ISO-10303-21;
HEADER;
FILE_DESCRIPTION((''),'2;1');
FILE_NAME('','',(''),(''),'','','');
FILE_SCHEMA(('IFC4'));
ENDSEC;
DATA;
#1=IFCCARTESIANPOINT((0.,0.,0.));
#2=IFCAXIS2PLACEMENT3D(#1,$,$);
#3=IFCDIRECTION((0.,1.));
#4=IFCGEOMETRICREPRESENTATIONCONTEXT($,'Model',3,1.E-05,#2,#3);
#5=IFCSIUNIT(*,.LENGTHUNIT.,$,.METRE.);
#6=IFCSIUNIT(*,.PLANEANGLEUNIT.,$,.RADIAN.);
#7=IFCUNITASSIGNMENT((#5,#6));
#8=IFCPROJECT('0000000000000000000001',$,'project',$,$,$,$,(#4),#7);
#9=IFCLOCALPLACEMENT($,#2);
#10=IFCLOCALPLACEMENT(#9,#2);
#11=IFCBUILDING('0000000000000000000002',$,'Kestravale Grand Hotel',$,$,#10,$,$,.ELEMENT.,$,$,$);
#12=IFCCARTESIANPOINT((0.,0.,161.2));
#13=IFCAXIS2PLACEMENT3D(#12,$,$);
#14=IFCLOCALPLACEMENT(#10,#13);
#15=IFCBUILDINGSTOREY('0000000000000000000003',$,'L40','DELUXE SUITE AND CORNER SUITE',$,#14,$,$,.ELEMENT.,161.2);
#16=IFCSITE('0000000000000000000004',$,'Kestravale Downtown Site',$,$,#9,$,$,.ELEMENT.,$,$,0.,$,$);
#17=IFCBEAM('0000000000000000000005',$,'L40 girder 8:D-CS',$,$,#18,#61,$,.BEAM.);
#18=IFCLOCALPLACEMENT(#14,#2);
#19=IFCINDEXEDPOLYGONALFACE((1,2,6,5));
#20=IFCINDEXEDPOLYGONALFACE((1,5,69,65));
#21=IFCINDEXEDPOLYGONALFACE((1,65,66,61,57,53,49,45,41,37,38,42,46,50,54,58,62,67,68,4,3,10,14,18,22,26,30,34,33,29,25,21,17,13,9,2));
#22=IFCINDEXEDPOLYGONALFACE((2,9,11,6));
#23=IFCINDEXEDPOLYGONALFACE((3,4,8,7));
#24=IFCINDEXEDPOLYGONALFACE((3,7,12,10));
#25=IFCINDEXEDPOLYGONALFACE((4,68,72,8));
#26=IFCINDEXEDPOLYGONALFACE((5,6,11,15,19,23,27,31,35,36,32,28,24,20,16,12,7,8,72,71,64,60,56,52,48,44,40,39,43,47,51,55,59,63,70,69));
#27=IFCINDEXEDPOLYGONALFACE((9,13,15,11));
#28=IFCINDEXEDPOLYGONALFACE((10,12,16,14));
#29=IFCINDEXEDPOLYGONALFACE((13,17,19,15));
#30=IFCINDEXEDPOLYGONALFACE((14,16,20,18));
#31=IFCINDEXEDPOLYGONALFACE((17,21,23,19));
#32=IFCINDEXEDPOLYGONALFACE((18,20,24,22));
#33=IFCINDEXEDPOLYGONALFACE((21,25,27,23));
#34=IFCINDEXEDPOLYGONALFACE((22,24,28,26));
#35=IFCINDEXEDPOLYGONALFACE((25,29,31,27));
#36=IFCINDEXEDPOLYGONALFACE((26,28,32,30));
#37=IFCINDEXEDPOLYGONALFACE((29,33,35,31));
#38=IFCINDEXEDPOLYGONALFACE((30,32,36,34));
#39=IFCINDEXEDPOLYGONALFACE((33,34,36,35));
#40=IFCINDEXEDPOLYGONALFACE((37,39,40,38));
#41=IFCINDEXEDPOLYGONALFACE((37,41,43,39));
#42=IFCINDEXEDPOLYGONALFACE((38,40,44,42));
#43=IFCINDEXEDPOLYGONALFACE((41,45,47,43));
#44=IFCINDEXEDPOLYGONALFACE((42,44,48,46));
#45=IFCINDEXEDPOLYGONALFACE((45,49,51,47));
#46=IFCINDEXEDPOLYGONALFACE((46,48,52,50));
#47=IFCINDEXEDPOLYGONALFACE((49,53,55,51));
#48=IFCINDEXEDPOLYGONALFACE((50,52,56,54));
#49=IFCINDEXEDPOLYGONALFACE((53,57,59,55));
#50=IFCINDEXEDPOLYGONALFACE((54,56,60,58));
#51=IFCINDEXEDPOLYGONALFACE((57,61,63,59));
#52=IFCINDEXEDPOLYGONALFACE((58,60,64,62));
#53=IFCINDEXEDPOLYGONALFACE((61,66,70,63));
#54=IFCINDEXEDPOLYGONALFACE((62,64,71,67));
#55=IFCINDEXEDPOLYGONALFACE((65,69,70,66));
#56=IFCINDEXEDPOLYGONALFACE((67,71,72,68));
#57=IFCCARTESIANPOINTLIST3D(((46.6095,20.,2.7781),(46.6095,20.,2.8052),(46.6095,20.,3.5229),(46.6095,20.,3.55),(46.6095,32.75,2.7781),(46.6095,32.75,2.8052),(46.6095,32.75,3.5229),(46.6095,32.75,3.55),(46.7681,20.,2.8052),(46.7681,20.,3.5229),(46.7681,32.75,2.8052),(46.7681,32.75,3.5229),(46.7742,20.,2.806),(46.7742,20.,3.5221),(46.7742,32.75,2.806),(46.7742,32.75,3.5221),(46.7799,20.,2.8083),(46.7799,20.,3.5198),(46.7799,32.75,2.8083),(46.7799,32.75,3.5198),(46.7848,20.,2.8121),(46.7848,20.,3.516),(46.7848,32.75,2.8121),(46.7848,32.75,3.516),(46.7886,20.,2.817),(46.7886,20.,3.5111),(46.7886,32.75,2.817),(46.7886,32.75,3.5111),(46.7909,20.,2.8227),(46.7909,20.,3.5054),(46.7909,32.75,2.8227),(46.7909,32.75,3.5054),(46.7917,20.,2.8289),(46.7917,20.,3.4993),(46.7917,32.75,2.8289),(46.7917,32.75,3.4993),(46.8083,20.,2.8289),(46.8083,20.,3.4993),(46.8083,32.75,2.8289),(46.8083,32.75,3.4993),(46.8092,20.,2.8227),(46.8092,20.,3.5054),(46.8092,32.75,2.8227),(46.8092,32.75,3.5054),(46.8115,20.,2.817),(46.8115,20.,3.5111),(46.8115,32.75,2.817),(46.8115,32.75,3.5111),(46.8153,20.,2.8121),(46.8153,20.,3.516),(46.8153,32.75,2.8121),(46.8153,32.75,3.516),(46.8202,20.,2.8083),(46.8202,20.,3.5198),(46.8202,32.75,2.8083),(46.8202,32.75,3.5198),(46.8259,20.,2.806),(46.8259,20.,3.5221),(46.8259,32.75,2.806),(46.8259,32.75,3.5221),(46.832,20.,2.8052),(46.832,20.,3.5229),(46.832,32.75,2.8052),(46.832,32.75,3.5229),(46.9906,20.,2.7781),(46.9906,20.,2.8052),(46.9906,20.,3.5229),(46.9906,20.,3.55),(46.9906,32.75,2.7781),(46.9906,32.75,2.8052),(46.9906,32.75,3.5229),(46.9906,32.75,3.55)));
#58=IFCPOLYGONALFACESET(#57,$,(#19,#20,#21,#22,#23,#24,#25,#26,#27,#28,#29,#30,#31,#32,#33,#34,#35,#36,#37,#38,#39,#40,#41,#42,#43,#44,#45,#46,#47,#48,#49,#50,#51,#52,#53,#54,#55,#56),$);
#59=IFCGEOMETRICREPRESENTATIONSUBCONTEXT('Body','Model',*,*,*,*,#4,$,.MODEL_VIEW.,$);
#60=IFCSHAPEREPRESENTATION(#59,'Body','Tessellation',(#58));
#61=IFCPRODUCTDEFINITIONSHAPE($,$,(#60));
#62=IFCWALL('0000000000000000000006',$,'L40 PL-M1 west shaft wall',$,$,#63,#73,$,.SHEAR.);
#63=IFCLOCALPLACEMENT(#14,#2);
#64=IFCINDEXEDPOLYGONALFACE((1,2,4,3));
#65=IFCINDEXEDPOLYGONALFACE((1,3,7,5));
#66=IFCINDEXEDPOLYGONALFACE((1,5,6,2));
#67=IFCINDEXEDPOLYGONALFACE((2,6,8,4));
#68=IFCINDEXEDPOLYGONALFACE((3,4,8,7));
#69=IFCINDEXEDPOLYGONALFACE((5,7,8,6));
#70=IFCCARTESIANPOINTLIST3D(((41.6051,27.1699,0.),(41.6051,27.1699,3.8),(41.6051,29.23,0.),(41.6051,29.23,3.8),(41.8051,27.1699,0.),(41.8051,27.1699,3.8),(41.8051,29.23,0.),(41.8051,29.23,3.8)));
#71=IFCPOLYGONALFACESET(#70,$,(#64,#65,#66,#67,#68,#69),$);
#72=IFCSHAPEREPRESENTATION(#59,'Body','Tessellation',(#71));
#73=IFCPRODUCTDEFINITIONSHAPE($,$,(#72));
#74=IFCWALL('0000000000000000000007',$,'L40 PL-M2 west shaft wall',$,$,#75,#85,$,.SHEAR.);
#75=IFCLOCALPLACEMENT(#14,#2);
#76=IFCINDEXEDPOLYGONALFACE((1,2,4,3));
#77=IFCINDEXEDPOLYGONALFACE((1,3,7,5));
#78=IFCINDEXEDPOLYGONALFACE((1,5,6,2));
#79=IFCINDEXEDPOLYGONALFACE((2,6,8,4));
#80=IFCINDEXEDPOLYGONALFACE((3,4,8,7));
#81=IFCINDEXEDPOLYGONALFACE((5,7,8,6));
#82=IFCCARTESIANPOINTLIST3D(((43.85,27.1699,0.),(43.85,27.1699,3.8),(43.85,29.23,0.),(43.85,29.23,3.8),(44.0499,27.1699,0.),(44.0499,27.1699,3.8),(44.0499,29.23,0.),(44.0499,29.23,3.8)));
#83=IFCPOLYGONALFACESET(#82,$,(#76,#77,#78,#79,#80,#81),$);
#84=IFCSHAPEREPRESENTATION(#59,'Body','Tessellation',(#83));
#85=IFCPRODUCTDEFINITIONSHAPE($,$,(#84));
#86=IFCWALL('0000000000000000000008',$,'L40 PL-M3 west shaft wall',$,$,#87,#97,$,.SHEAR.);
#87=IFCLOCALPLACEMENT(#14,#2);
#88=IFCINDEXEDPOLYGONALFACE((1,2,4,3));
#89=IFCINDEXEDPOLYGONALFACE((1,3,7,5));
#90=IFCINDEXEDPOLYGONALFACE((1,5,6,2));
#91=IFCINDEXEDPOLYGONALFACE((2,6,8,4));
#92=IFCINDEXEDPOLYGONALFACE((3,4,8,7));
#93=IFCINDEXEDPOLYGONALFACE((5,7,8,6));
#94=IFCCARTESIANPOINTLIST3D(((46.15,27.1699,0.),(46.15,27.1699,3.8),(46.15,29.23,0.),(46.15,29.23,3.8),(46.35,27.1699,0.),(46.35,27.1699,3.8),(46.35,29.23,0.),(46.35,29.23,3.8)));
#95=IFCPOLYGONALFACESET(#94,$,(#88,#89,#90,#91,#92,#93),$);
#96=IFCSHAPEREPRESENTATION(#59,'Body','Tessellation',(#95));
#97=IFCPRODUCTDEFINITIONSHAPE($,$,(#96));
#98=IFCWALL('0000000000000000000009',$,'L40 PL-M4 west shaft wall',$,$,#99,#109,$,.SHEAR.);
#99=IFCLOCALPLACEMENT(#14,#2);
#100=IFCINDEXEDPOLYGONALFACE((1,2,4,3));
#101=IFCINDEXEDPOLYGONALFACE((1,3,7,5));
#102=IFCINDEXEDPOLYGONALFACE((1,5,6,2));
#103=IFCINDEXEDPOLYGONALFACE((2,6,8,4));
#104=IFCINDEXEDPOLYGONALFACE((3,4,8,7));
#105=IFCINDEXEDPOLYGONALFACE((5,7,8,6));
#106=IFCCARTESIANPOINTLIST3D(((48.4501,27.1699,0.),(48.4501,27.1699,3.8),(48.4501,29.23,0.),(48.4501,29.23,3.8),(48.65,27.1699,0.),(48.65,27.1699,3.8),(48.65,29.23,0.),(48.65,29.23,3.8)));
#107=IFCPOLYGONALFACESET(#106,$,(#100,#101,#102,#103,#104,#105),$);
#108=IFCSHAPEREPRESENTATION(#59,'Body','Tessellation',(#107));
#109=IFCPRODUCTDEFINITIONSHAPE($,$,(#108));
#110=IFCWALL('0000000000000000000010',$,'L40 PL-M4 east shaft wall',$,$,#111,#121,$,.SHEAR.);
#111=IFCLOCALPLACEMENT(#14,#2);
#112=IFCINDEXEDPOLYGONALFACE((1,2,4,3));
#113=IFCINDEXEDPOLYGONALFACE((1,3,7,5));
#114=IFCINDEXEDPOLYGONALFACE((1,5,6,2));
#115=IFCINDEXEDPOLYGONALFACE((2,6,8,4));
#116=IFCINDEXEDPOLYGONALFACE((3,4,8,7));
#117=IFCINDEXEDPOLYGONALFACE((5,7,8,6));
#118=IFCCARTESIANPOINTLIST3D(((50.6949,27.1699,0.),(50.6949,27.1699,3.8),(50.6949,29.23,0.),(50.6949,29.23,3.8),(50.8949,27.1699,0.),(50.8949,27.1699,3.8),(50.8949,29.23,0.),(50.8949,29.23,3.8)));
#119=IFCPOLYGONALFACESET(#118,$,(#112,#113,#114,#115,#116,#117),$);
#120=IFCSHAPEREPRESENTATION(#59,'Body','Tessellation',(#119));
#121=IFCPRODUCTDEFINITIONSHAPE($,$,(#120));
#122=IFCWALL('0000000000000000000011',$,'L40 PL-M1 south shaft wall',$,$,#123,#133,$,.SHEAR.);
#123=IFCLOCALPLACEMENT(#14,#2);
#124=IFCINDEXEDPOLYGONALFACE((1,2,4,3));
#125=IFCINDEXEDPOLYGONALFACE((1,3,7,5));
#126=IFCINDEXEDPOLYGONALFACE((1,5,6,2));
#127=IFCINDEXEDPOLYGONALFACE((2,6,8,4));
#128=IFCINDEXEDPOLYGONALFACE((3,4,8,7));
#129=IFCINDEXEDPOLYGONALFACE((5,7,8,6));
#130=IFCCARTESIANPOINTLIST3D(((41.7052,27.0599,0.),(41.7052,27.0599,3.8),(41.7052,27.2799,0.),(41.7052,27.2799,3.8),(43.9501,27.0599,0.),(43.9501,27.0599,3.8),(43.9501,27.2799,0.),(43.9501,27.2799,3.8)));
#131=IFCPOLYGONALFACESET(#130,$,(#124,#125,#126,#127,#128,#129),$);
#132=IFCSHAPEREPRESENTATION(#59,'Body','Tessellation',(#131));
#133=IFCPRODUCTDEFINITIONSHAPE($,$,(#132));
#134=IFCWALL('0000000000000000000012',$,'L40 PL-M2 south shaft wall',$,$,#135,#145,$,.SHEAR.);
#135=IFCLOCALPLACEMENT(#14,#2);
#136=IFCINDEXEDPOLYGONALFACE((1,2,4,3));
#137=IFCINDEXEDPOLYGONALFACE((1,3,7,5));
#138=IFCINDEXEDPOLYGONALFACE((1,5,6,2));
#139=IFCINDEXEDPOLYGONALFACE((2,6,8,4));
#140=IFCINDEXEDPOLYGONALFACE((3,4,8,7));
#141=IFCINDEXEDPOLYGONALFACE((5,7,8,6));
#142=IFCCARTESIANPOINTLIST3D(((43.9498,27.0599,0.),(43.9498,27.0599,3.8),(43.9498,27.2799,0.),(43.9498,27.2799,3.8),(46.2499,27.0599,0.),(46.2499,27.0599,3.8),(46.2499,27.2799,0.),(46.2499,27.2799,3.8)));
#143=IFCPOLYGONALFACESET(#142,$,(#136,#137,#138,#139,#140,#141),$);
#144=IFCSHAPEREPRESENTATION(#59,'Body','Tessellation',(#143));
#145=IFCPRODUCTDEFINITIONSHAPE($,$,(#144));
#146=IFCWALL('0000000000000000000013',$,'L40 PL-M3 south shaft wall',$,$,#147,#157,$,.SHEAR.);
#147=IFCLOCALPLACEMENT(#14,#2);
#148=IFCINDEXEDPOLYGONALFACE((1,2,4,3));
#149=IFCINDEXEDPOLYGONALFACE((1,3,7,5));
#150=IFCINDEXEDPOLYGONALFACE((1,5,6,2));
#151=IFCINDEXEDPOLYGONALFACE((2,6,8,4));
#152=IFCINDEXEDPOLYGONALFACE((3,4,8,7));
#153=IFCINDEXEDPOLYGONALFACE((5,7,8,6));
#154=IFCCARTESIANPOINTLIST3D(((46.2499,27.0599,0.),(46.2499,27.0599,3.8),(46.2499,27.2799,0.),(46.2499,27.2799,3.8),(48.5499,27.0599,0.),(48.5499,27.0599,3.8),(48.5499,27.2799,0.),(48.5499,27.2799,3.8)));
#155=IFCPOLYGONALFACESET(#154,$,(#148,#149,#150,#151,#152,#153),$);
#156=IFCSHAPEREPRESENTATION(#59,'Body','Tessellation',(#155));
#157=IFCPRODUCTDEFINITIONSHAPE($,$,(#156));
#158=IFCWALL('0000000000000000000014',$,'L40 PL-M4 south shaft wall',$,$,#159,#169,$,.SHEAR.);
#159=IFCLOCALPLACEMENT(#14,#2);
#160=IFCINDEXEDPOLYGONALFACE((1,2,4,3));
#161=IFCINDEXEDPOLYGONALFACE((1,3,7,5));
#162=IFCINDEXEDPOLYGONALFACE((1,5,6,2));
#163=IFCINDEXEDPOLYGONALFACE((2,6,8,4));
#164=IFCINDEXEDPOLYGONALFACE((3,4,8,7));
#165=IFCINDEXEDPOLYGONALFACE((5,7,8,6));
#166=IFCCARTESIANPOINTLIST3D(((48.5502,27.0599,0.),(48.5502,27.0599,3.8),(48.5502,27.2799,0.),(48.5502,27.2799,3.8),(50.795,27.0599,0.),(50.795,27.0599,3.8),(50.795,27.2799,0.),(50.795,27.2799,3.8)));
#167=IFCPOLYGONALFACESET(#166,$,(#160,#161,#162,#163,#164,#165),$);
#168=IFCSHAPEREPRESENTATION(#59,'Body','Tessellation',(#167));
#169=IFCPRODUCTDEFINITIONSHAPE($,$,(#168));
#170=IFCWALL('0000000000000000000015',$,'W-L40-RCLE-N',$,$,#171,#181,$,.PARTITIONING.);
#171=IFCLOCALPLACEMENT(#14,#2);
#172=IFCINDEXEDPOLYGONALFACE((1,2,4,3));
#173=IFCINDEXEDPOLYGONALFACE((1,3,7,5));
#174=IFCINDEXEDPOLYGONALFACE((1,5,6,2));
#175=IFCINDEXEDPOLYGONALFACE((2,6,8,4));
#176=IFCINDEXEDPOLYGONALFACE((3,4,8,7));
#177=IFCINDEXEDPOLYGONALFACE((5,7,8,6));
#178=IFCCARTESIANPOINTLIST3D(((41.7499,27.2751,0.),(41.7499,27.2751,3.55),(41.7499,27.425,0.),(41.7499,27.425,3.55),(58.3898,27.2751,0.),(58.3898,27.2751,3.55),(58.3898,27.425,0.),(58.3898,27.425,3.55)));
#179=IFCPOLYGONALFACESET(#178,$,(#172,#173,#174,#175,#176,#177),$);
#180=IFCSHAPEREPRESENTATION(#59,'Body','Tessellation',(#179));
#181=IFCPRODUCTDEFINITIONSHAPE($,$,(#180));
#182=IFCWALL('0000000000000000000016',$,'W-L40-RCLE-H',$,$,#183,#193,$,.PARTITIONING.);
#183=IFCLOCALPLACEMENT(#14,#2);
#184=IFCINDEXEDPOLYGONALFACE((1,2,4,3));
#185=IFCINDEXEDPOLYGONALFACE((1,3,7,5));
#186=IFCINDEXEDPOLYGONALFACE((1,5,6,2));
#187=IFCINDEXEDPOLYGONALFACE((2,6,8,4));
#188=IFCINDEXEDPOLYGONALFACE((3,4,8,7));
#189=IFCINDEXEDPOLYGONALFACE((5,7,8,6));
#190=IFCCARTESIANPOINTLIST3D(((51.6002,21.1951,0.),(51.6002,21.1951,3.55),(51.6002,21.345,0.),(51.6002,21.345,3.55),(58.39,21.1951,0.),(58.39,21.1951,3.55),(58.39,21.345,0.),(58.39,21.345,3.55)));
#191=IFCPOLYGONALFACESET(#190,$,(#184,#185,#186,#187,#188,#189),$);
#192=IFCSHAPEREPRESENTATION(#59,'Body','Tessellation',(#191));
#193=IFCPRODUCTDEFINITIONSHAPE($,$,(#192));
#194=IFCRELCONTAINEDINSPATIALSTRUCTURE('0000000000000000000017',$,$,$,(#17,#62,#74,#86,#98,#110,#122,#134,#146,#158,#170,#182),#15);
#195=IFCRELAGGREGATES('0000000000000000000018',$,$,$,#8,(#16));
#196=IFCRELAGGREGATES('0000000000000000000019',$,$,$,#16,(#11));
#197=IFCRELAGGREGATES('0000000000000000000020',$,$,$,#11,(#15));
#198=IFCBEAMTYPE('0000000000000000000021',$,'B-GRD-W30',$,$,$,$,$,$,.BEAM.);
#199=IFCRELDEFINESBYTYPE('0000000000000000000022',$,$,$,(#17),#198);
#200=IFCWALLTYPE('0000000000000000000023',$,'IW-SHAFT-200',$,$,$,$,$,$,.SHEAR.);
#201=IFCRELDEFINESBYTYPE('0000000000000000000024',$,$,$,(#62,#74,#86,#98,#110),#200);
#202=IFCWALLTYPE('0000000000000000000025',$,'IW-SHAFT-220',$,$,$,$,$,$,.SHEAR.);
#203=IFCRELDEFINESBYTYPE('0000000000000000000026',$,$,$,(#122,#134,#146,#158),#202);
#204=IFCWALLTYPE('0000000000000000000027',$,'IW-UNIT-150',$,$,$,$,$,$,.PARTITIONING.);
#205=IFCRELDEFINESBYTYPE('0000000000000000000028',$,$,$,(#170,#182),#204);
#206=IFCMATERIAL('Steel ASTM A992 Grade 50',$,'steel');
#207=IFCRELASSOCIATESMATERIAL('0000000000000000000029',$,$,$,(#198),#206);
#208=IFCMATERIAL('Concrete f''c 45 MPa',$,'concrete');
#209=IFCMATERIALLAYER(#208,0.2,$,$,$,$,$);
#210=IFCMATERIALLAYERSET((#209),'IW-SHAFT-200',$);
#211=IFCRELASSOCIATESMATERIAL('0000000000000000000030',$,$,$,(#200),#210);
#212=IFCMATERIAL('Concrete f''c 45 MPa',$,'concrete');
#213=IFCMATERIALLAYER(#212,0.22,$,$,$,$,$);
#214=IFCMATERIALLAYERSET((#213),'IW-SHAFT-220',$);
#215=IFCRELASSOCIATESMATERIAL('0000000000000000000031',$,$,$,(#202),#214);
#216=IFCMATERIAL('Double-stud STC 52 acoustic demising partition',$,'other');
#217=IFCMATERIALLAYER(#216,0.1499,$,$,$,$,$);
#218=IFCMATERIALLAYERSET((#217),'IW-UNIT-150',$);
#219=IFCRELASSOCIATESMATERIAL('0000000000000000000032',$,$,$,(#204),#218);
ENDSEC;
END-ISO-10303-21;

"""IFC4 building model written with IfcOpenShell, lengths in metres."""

from ifc_helpers import new_model, si_unit, direction, frame, frame_2d, origin, origin_2d, place, context, subcontext, project, spatial, rectangle, i_section, extrude, material, layer, layer_set, material_profile, profile_set, type_object, element, save


model = new_model("IFC4")

# Units and contexts
model_context = context("Model", 3, precision=1e-05, world=origin(), true_north=direction((0.0, 1.0)))
body_context = subcontext(model_context, "Body", "Model", "MODEL_VIEW")
ifc_project = project(units=[si_unit("LENGTHUNIT", "METRE"), si_unit("PLANEANGLEUNIT", "RADIAN")], contexts=[model_context])

# Site, building, storey
site_placement = place(None, origin())
site = spatial("IfcSite", under=ifc_project, at=site_placement, Name="Kestravale Downtown Site", CompositionType="ELEMENT", RefElevation=0.0)
building_placement = place(site_placement, origin())
building = spatial("IfcBuilding", under=site, at=building_placement, Name="Kestravale Grand Hotel", CompositionType="ELEMENT")
storey_placement = place(building_placement, frame((0.0, 0.0, 161.2)))
storey = spatial("IfcBuildingStorey", under=building, at=storey_placement, Name="L40", Description="DELUXE SUITE AND CORNER SUITE", CompositionType="ELEMENT", Elevation=161.2)

# Beam
ifc_material_1 = material(Name="Steel ASTM A992 Grade 50", Category="steel")
ifc_material_profile_1 = material_profile(ifc_material_1, i_section(OverallWidth=0.3811, OverallDepth=0.772, WebThickness=0.0166, FlangeThickness=0.0271, FilletRadius=0.0237, at=origin_2d()))
ifc_profile_set_1 = profile_set([ifc_material_profile_1], Name="Steel ASTM A992 Grade 50")
beam_type = type_object("IfcBeamType", Name="B-GRD-W30", PredefinedType="BEAM", material=ifc_profile_set_1)
beam_1_placement = place(storey_placement, frame((46.8, 20.0, 3.1641), z_axis=(0.0, 1.0, 0.0), x_axis=(-1.0, 0.0, 0.0)))
element("IfcBeam", 1, at=beam_1_placement, inside=storey, type_object=beam_type, Name="L40 girder 8:D-CS", PredefinedType="BEAM", context=body_context, shape_type="SweptSolid", body=[
    extrude(i_section(OverallWidth=0.3811, OverallDepth=0.772, WebThickness=0.0166, FlangeThickness=0.0271, FilletRadius=0.0237, at=origin_2d()), origin(), (0.0, 0.0, 1.0), 12.75),
])

# Walls
ifc_material_2 = material(Name="Concrete f'c 45 MPa", Category="concrete")
ifc_layer_1 = layer(ifc_material_2, 0.2)
ifc_layer_set_1 = layer_set([ifc_layer_1], Name="IW-SHAFT-200")
wall_type_1 = type_object("IfcWallType", Name="IW-SHAFT-200", PredefinedType="SHEAR", material=ifc_layer_set_1)
for number, where, z_axis, x_axis, name in (
    (2, (41.7051, 27.1699, 0.0), (0.0, 0.0, 1.0), (0.0, 1.0, 0.0), "L40 PL-M1 west shaft wall"),
    (3, (43.95, 27.1699, 0.0), (0.0, 0.0, 1.0), (0.0, 1.0, 0.0), "L40 PL-M2 west shaft wall"),
    (4, (46.25, 27.1699, 0.0), (0.0, 0.0, 1.0), (0.0, 1.0, 0.0), "L40 PL-M3 west shaft wall"),
    (5, (48.55, 27.1699, 0.0), (0.0, 0.0, 1.0), (0.0, 1.0, 0.0), "L40 PL-M4 west shaft wall"),
    (6, (50.7949, 27.1699, 0.0), (0.0, 0.0, 1.0), (0.0, 1.0, 0.0), "L40 PL-M4 east shaft wall"),
):
    element("IfcWall", number, at=place(storey_placement, frame(where, z_axis=z_axis, x_axis=x_axis)), inside=storey, type_object=wall_type_1, Name=name, PredefinedType="SHEAR", context=body_context, shape_type="SweptSolid", body=[
        extrude(rectangle(XDim=2.0601, YDim=0.2, at=frame_2d((1.03, 0.0))), origin(), (0.0, 0.0, 1.0), 3.8),
    ])

# Shared definitions
ifc_material_3 = material(Name="Concrete f'c 45 MPa", Category="concrete")
ifc_layer_2 = layer(ifc_material_3, 0.22)
ifc_layer_set_2 = layer_set([ifc_layer_2], Name="IW-SHAFT-220")
wall_type_2 = type_object("IfcWallType", Name="IW-SHAFT-220", PredefinedType="SHEAR", material=ifc_layer_set_2)

# Wall
wall_1_placement = place(storey_placement, frame((41.7051, 27.1699, 0.0), z_axis=(0.0, 0.0, 1.0), x_axis=(1.0, 0.0, 0.0)))
element("IfcWall", 7, at=wall_1_placement, inside=storey, type_object=wall_type_2, Name="L40 PL-M1 south shaft wall", PredefinedType="SHEAR", context=body_context, shape_type="SweptSolid", body=[
    extrude(rectangle(XDim=2.2449, YDim=0.22, at=frame_2d((1.1226, 0.0))), origin(), (0.0, 0.0, 1.0), 3.8),
])

# Wall
wall_2_placement = place(storey_placement, frame((43.95, 27.1699, 0.0), z_axis=(0.0, 0.0, 1.0), x_axis=(1.0, 0.0, 0.0)))
element("IfcWall", 8, at=wall_2_placement, inside=storey, type_object=wall_type_2, Name="L40 PL-M2 south shaft wall", PredefinedType="SHEAR", context=body_context, shape_type="SweptSolid", body=[
    extrude(rectangle(XDim=2.3, YDim=0.22, at=frame_2d((1.1499, 0.0))), origin(), (0.0, 0.0, 1.0), 3.8),
])

# Walls
wall_3_placement = place(storey_placement, frame((46.25, 27.1699, 0.0), z_axis=(0.0, 0.0, 1.0), x_axis=(1.0, 0.0, 0.0)))
element("IfcWall", 9, at=wall_3_placement, inside=storey, type_object=wall_type_2, Name="L40 PL-M3 south shaft wall", PredefinedType="SHEAR", context=body_context, shape_type="SweptSolid", body=[
    extrude(rectangle(XDim=2.3, YDim=0.22, at=frame_2d((1.1499, 0.0))), origin(), (0.0, 0.0, 1.0), 3.8),
])
wall_4_placement = place(storey_placement, frame((48.55, 27.1699, 0.0), z_axis=(0.0, 0.0, 1.0), x_axis=(1.0, 0.0, 0.0)))
element("IfcWall", 10, at=wall_4_placement, inside=storey, type_object=wall_type_2, Name="L40 PL-M4 south shaft wall", PredefinedType="SHEAR", context=body_context, shape_type="SweptSolid", body=[
    extrude(rectangle(XDim=2.2449, YDim=0.22, at=frame_2d((1.1226, 0.0))), origin(), (0.0, 0.0, 1.0), 3.8),
])
ifc_material_4 = material(Name="Double-stud STC 52 acoustic demising partition", Category="other")
ifc_layer_3 = layer(ifc_material_4, 0.1499)
ifc_layer_set_3 = layer_set([ifc_layer_3], Name="IW-UNIT-150")
wall_type_3 = type_object("IfcWallType", Name="IW-UNIT-150", PredefinedType="PARTITIONING", material=ifc_layer_set_3)
wall_5_placement = place(storey_placement, frame((41.75, 27.3501, 0.0), z_axis=(0.0, 0.0, 1.0), x_axis=(1.0, 0.0, 0.0)))
element("IfcWall", 11, at=wall_5_placement, inside=storey, type_object=wall_type_3, Name="W-L40-RCLE-N", PredefinedType="PARTITIONING", context=body_context, shape_type="SweptSolid", body=[
    extrude(rectangle(XDim=16.6399, YDim=0.1499, at=frame_2d((8.3198, 0.0))), origin(), (0.0, 0.0, 1.0), 3.55),
])
wall_6_placement = place(storey_placement, frame((51.6001, 21.27, 0.0), z_axis=(0.0, 0.0, 1.0), x_axis=(1.0, 0.0, 0.0)))
element("IfcWall", 12, at=wall_6_placement, inside=storey, type_object=wall_type_3, Name="W-L40-RCLE-H", PredefinedType="PARTITIONING", context=body_context, shape_type="SweptSolid", body=[
    extrude(rectangle(XDim=6.7898, YDim=0.1499, at=frame_2d((3.395, 0.0))), origin(), (0.0, 0.0, 1.0), 3.55),
])

save(model, "model.ifc")
